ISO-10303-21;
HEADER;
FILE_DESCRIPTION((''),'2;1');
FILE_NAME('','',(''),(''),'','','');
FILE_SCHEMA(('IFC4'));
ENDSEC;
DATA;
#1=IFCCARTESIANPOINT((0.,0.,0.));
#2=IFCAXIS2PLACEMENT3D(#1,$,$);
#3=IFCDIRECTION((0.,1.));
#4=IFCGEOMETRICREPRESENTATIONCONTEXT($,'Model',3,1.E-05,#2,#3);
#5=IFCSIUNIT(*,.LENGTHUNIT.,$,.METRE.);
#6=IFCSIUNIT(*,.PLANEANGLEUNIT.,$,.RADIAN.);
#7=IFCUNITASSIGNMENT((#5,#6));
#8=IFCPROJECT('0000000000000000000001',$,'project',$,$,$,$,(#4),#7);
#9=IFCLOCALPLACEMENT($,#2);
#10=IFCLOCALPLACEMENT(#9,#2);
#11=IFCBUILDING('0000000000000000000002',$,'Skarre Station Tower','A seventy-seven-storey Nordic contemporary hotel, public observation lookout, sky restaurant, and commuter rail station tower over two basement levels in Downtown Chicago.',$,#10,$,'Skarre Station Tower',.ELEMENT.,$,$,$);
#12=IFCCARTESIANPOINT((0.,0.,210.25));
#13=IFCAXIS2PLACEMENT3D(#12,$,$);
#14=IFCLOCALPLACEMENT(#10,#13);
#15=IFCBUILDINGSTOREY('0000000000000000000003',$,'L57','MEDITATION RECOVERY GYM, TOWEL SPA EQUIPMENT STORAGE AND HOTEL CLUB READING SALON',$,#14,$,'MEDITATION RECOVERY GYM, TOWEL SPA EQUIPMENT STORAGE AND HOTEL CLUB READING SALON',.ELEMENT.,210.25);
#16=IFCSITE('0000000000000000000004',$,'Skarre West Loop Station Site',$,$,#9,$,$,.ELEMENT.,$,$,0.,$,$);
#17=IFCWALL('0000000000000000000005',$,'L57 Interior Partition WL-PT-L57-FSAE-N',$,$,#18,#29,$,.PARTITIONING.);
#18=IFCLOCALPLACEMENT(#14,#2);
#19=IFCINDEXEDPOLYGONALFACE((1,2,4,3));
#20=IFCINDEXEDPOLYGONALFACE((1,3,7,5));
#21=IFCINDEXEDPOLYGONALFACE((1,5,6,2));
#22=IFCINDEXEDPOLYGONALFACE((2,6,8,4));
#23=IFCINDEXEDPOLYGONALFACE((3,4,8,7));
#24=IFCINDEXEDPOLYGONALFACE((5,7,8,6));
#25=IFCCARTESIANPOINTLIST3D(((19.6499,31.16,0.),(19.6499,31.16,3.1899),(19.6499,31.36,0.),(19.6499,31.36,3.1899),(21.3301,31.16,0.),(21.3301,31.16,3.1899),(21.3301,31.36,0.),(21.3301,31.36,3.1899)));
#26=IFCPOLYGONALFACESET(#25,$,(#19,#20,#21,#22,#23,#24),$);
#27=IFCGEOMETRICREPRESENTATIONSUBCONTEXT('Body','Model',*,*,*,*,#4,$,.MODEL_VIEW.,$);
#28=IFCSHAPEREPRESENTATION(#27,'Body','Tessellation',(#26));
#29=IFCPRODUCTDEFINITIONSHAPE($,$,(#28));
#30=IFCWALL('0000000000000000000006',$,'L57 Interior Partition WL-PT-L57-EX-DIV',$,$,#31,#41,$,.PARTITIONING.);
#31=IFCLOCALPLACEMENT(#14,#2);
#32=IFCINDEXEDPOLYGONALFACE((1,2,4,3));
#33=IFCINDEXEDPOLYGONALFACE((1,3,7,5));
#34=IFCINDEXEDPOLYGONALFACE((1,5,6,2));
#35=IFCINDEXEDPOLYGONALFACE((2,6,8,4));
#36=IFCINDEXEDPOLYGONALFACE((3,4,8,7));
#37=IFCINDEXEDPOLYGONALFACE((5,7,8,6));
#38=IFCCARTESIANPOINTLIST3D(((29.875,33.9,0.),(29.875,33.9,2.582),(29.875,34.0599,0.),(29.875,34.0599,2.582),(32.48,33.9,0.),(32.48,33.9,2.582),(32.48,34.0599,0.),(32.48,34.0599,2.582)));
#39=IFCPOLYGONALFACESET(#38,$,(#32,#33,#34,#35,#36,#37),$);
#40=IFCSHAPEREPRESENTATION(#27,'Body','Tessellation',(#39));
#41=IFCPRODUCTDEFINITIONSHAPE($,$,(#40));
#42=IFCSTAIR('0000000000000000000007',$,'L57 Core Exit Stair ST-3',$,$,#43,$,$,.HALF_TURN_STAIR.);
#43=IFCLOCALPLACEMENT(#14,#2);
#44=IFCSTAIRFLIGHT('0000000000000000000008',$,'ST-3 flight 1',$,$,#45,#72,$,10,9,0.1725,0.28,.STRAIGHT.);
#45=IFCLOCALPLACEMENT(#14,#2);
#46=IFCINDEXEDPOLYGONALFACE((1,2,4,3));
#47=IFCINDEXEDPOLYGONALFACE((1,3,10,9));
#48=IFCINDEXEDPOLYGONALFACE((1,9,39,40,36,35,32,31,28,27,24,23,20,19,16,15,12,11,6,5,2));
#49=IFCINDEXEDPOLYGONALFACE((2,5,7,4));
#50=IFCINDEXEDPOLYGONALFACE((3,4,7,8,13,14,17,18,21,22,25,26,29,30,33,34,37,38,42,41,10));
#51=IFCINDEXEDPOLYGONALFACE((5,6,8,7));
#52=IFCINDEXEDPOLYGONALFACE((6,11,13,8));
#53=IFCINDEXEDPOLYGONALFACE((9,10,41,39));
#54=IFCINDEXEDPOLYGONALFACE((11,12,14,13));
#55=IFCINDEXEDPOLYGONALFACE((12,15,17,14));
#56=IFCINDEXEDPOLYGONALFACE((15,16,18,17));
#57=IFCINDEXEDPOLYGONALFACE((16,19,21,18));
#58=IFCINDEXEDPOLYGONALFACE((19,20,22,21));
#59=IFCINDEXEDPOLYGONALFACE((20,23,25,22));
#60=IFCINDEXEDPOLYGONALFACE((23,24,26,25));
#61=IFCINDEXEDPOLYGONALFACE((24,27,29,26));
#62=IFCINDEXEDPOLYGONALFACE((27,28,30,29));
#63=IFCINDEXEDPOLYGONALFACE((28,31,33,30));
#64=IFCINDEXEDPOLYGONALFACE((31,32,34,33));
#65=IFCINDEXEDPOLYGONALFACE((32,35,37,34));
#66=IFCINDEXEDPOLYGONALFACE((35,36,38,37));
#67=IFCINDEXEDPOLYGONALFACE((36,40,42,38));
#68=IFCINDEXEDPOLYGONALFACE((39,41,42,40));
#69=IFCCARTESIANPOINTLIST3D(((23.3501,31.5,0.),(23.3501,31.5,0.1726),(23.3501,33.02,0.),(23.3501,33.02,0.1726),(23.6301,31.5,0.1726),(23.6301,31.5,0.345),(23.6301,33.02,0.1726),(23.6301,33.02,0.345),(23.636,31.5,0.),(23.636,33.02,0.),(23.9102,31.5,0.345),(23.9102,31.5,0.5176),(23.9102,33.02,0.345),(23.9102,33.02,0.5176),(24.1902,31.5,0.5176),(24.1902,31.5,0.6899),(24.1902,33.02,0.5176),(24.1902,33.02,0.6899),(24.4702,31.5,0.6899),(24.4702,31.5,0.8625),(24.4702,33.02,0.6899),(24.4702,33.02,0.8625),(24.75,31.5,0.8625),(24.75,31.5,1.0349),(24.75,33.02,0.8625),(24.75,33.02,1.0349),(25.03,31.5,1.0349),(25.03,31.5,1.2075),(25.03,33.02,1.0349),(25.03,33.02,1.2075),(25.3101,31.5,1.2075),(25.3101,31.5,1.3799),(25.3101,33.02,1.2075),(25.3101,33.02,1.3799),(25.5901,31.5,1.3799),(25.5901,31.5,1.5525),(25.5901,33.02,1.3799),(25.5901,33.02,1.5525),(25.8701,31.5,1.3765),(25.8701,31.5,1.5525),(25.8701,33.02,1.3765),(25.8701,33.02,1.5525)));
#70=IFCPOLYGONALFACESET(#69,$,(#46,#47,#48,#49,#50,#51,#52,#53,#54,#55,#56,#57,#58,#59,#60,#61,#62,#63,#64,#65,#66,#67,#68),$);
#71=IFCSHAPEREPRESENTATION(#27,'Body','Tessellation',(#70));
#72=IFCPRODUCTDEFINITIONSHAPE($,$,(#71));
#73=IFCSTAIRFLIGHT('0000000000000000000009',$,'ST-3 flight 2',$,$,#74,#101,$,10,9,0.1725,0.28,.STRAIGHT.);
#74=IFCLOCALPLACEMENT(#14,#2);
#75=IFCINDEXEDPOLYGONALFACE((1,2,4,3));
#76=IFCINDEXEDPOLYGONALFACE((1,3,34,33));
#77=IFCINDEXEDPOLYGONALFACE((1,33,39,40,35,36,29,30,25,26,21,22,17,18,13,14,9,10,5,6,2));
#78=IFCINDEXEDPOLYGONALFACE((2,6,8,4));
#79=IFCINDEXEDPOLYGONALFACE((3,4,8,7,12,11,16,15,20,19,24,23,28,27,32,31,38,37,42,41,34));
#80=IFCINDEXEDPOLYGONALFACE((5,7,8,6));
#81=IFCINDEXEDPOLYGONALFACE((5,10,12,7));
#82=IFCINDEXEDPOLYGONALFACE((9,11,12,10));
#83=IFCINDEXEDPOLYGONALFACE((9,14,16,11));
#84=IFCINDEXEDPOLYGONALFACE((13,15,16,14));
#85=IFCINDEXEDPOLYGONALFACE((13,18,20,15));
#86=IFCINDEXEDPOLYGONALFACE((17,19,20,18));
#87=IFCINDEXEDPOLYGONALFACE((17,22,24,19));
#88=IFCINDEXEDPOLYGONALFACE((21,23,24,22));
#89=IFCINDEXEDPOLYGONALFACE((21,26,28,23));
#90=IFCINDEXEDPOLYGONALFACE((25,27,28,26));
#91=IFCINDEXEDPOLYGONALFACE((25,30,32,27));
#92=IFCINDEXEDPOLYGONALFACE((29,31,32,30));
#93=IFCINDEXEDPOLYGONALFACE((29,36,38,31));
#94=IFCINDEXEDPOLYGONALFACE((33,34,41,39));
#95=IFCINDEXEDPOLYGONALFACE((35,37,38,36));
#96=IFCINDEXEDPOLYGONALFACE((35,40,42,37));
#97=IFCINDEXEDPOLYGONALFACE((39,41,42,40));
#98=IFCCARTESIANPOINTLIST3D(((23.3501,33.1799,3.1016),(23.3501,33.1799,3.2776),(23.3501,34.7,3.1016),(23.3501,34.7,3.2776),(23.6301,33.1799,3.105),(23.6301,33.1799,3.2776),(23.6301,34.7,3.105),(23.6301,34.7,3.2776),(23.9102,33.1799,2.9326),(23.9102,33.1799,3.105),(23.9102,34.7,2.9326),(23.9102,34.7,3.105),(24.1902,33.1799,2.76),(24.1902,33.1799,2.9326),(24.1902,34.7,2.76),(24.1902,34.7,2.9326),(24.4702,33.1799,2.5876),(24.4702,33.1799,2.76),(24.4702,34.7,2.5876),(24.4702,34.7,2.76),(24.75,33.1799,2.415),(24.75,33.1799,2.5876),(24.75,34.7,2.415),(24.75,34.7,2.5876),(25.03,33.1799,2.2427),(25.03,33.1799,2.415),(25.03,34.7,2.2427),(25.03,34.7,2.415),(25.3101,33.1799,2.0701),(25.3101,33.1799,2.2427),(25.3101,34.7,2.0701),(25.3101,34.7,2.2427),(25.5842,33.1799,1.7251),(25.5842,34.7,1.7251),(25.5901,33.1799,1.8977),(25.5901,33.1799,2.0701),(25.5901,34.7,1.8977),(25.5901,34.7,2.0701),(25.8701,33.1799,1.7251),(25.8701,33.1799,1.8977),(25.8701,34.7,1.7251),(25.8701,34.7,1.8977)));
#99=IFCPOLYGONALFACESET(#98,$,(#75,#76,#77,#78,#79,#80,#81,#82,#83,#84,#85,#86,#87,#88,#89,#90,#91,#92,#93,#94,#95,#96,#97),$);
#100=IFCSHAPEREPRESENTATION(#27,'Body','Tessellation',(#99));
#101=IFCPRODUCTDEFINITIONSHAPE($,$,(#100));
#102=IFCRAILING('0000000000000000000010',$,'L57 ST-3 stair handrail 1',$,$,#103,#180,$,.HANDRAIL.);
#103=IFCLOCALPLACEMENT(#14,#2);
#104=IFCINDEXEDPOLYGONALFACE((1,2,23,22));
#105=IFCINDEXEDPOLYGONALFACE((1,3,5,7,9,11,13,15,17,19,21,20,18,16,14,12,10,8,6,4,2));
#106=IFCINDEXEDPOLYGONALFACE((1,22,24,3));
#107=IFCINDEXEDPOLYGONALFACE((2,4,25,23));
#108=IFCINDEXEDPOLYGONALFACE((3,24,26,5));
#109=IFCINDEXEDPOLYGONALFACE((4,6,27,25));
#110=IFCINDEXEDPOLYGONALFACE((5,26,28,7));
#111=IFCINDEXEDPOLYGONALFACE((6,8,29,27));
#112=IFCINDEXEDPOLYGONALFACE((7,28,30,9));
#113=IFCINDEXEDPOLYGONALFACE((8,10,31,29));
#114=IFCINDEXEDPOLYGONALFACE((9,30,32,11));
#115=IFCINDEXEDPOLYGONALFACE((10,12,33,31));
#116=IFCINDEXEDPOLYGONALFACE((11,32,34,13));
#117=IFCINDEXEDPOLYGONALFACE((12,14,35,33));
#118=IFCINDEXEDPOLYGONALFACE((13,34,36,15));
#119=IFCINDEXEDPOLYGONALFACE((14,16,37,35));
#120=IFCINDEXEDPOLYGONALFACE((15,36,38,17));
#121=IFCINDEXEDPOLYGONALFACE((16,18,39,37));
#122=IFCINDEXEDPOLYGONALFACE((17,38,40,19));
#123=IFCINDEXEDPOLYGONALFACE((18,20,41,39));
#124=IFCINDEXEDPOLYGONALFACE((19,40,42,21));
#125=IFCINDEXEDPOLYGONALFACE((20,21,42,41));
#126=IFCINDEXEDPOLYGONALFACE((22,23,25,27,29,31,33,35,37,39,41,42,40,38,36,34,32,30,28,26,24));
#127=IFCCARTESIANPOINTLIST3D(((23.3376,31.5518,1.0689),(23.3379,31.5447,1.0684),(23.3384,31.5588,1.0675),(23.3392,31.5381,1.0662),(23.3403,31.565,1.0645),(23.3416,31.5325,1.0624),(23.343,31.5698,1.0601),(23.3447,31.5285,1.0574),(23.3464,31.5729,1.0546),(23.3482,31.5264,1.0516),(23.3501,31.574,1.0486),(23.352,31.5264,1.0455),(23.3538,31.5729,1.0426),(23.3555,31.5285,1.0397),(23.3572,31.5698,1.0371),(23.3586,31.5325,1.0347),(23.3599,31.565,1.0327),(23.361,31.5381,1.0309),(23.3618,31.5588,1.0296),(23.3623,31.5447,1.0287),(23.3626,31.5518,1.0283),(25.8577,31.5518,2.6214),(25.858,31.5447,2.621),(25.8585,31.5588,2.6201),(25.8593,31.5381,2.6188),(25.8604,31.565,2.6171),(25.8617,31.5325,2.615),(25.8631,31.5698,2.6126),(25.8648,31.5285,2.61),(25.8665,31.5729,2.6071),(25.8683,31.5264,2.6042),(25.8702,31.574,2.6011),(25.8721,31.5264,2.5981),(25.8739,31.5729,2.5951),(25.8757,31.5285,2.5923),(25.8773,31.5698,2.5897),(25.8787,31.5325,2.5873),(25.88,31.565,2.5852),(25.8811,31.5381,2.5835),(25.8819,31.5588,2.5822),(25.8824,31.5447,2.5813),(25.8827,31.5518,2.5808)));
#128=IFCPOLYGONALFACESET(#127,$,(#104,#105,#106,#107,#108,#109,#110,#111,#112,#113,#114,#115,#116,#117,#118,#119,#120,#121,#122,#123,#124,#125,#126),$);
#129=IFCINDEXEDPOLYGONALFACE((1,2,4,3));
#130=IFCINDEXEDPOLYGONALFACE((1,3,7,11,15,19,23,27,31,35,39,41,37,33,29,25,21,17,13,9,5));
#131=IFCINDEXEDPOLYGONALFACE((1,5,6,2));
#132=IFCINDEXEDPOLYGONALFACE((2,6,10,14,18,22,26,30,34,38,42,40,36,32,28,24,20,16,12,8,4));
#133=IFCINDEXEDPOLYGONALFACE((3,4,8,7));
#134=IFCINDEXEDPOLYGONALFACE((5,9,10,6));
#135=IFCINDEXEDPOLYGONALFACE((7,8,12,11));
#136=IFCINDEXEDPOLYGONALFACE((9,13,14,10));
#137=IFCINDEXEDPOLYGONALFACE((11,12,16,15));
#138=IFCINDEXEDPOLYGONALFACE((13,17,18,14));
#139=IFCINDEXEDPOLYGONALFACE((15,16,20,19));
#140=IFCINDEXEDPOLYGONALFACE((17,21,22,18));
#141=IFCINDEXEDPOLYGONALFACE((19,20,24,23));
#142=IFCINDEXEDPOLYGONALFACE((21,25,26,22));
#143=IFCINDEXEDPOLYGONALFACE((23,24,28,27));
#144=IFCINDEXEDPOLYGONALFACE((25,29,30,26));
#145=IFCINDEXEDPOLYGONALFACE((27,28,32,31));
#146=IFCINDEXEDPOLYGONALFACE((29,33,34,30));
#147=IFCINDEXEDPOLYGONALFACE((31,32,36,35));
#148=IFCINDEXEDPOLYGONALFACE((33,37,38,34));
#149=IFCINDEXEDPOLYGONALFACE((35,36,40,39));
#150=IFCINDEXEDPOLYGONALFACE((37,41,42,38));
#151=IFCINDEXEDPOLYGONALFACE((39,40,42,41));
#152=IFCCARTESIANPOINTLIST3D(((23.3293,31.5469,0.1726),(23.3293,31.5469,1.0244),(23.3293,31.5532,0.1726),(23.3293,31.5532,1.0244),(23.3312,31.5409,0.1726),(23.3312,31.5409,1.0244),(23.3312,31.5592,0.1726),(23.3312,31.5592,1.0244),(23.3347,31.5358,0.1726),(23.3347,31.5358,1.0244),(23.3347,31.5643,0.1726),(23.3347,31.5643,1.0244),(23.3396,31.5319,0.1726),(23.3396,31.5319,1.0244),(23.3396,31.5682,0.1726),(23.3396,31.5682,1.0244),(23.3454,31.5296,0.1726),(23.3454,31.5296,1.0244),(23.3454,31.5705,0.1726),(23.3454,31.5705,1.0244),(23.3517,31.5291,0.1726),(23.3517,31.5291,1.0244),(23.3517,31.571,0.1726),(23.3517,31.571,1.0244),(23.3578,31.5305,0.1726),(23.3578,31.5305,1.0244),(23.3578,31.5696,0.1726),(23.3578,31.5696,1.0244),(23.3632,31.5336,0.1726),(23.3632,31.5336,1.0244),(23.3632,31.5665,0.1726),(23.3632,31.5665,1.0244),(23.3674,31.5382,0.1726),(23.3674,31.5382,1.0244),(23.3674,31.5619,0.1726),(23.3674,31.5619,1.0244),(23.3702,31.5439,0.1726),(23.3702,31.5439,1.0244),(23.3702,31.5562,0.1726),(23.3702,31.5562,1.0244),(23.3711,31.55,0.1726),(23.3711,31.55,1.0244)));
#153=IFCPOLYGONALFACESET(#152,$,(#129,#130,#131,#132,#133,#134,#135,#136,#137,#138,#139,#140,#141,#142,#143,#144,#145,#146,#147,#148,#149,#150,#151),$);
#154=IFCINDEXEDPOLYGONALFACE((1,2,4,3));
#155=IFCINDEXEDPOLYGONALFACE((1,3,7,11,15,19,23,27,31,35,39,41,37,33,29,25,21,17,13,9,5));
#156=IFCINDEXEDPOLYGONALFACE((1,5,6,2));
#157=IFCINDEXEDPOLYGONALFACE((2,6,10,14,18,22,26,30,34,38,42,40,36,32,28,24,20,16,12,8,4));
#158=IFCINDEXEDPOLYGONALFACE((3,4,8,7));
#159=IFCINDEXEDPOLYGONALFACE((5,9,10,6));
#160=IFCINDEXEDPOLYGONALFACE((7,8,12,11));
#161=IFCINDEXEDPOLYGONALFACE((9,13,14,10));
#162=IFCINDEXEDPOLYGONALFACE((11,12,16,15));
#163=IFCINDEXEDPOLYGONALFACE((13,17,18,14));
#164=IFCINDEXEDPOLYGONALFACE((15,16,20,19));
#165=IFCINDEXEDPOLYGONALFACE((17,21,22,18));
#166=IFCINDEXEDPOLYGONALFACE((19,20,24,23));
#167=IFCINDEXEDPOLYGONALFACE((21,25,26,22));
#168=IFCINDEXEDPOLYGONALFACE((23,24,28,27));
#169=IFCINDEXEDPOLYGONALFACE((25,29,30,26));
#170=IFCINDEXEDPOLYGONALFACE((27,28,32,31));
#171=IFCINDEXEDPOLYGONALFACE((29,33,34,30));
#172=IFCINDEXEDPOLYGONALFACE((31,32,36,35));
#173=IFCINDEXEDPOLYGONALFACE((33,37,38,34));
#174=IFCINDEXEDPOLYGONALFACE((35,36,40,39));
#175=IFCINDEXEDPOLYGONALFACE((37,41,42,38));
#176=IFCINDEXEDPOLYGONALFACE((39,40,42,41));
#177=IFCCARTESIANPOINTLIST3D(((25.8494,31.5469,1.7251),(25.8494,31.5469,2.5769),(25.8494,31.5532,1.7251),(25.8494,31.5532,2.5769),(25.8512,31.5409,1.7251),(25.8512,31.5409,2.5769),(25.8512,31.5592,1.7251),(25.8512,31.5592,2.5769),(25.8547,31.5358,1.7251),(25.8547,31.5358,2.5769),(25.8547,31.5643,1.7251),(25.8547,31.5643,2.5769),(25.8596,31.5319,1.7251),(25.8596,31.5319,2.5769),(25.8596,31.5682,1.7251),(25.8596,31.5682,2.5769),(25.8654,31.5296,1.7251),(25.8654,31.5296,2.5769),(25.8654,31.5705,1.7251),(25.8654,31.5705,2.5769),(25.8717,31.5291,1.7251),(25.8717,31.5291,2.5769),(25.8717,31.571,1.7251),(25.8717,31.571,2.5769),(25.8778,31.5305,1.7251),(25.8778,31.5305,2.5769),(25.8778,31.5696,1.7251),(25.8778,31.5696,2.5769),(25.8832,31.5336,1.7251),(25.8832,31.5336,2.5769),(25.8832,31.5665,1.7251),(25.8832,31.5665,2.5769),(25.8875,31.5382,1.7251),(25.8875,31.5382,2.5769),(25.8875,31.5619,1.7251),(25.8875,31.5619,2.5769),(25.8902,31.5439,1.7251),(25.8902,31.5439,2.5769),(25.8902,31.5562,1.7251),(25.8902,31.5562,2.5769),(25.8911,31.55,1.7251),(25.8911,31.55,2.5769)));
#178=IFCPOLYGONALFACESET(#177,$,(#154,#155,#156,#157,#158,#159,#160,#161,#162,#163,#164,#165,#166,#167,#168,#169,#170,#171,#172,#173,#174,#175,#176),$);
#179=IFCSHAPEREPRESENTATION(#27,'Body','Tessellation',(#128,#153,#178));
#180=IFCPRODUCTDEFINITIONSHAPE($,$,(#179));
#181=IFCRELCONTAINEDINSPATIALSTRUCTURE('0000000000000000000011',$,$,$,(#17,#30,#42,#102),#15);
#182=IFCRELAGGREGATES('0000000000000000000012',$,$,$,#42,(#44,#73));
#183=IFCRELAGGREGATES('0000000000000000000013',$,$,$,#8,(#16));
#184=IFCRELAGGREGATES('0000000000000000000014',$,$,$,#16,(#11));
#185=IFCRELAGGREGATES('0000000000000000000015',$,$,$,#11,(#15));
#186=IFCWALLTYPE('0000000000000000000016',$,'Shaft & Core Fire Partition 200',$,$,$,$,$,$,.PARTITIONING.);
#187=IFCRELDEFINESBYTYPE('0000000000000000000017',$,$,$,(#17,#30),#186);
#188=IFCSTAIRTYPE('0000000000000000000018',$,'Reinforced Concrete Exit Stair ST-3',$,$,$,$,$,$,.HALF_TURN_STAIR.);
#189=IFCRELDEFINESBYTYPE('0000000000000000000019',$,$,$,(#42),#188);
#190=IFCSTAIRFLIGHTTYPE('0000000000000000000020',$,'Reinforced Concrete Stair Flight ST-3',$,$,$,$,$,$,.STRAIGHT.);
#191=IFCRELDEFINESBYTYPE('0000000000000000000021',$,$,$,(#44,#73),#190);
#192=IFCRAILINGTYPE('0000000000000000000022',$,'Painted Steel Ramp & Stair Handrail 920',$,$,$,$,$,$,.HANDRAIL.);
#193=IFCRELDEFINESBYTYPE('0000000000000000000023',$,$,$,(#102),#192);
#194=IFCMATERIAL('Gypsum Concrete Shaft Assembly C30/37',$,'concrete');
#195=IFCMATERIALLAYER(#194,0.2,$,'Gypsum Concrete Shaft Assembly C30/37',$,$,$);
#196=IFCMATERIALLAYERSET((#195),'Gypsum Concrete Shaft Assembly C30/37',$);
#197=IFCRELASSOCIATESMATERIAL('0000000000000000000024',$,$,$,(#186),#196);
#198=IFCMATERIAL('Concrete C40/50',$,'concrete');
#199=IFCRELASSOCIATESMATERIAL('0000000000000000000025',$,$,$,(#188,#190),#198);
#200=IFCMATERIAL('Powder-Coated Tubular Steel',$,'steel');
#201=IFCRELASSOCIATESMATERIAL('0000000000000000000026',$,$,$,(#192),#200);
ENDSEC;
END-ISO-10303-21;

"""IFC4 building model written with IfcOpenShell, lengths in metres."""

from ifc_helpers import new_model, si_unit, direction, frame, frame_2d, origin, origin_2d, place, context, subcontext, project, spatial, polyline, rectangle, circle, outline, extrude, material, layer, layer_set, type_object, element, aggregate, save


model = new_model("IFC4")

# Units and contexts
model_context = context("Model", 3, precision=1e-05, world=origin(), true_north=direction((0.0, 1.0)))
body_context = subcontext(model_context, "Body", "Model", "MODEL_VIEW")
ifc_project = project(units=[si_unit("LENGTHUNIT", "METRE"), si_unit("PLANEANGLEUNIT", "RADIAN")], contexts=[model_context])

# Site, building, storey
site_placement = place(None, origin())
site = spatial("IfcSite", under=ifc_project, at=site_placement, Name="Skarre West Loop Station Site", CompositionType="ELEMENT", RefElevation=0.0)
building_placement = place(site_placement, origin())
building = spatial("IfcBuilding", under=site, at=building_placement, Name="Skarre Station Tower", Description="A seventy-seven-storey Nordic contemporary hotel, public observation lookout, sky restaurant, and commuter rail station tower over two basement levels in Downtown Chicago.", LongName="Skarre Station Tower", CompositionType="ELEMENT")
storey_placement = place(building_placement, frame((0.0, 0.0, 210.25)))
storey = spatial("IfcBuildingStorey", under=building, at=storey_placement, Name="L57", Description="MEDITATION RECOVERY GYM, TOWEL SPA EQUIPMENT STORAGE AND HOTEL CLUB READING SALON", LongName="MEDITATION RECOVERY GYM, TOWEL SPA EQUIPMENT STORAGE AND HOTEL CLUB READING SALON", CompositionType="ELEMENT", Elevation=210.25)

# Walls
ifc_material_1 = material(Name="Gypsum Concrete Shaft Assembly C30/37", Category="concrete")
ifc_layer_1 = layer(ifc_material_1, 0.2, Name="Gypsum Concrete Shaft Assembly C30/37")
ifc_layer_set_1 = layer_set([ifc_layer_1], Name="Gypsum Concrete Shaft Assembly C30/37")
wall_type_1 = type_object("IfcWallType", Name="Shaft & Core Fire Partition 200", PredefinedType="PARTITIONING", material=ifc_layer_set_1)
wall_1_placement = place(storey_placement, frame((21.3301, 31.26, 0.0), z_axis=(0.0, 0.0, 1.0), x_axis=(-1.0, 0.0, 0.0)))
element("IfcWall", 1, at=wall_1_placement, inside=storey, type_object=wall_type_1, Name="L57 Interior Partition WL-PT-L57-FSAE-N", PredefinedType="PARTITIONING", context=body_context, shape_type="SweptSolid", body=[
    extrude(rectangle(XDim=1.6802, YDim=0.2, at=frame_2d((0.8401, 0.0))), origin(), (0.0, 0.0, 1.0), 3.1899),
])
wall_2_placement = place(storey_placement, frame((29.875, 33.98, 0.0), z_axis=(0.0, 0.0, 1.0), x_axis=(1.0, 0.0, 0.0)))
element("IfcWall", 2, at=wall_2_placement, inside=storey, type_object=wall_type_1, Name="L57 Interior Partition WL-PT-L57-EX-DIV", PredefinedType="PARTITIONING", context=body_context, shape_type="SweptSolid", body=[
    extrude(rectangle(XDim=2.605, YDim=0.1599, at=frame_2d((1.3025, 0.0))), origin(), (0.0, 0.0, 1.0), 2.582),
])

# Stair, stair flights
ifc_material_2 = material(Name="Concrete C40/50", Category="concrete")
stair_type = type_object("IfcStairType", Name="Reinforced Concrete Exit Stair ST-3", PredefinedType="HALF_TURN_STAIR", material=ifc_material_2)
stair_placement = place(storey_placement, origin())
stair = element("IfcStair", 3, at=stair_placement, inside=storey, type_object=stair_type, Name="L57 Core Exit Stair ST-3", PredefinedType="HALF_TURN_STAIR")
stair_flight_type = type_object("IfcStairFlightType", Name="Reinforced Concrete Stair Flight ST-3", PredefinedType="STRAIGHT", material=ifc_material_2)
stair_flight_1_placement = place(storey_placement, frame((23.3501, 32.26, 0.0), z_axis=(0.0, 0.0, 1.0), x_axis=(1.0, 0.0, 0.0)))
stair_flight_1 = element("IfcStairFlight", 4, at=stair_flight_1_placement, type_object=stair_flight_type, Name="ST-3 flight 1", NumberOfRisers=10, NumberOfTreads=9, PredefinedType="STRAIGHT", RiserHeight=0.1725, TreadLength=0.28, context=body_context, shape_type="SweptSolid", body=[
    extrude(outline(polyline([(0.0, 0.0), (0.0, 0.1726), (0.28, 0.1726), (0.28, 0.345), (0.5601, 0.345), (0.5601, 0.5176), (0.8401, 0.5176), (0.8401, 0.6899), (1.1201, 0.6899), (1.1201, 0.8625), (1.3999, 0.8625), (1.3999, 1.0349), (1.6799, 1.0349), (1.6799, 1.2075), (1.96, 1.2075), (1.96, 1.3799), (2.24, 1.3799), (2.24, 1.5525), (2.52, 1.5525), (2.52, 1.7251), (2.52, 1.3765), (0.2859, 0.0), (0.0, 0.0)])), frame((0.0, 0.76, 0.0), z_axis=(0.0, -1.0, 0.0), x_axis=(1.0, 0.0, 0.0)), (0.0, 0.0, 1.0), 1.52),
])
stair_flight_2_placement = place(storey_placement, frame((25.8701, 33.9399, 1.7251), z_axis=(0.0, 0.0, 1.0), x_axis=(-1.0, 0.0, 0.0)))
stair_flight_2 = element("IfcStairFlight", 5, at=stair_flight_2_placement, type_object=stair_flight_type, Name="ST-3 flight 2", NumberOfRisers=10, NumberOfTreads=9, PredefinedType="STRAIGHT", RiserHeight=0.1725, TreadLength=0.28, context=body_context, shape_type="SweptSolid", body=[
    extrude(outline(polyline([(0.0, 0.0), (0.0, 0.1726), (0.28, 0.1726), (0.28, 0.345), (0.5601, 0.345), (0.5601, 0.5176), (0.8401, 0.5176), (0.8401, 0.6899), (1.1201, 0.6899), (1.1201, 0.8625), (1.3999, 0.8625), (1.3999, 1.0349), (1.6799, 1.0349), (1.6799, 1.2075), (1.96, 1.2075), (1.96, 1.3799), (2.24, 1.3799), (2.24, 1.5525), (2.52, 1.5525), (2.52, 1.7251), (2.52, 1.3765), (0.2859, 0.0), (0.0, 0.0)])), frame((0.0, 0.76, 0.0), z_axis=(0.0, -1.0, 0.0), x_axis=(1.0, 0.0, 0.0)), (0.0, 0.0, 1.0), 1.52),
])
aggregate(stair, [stair_flight_1, stair_flight_2])

# Railing
ifc_material_3 = material(Name="Powder-Coated Tubular Steel", Category="steel")
railing_type_1 = type_object("IfcRailingType", Name="Painted Steel Ramp & Stair Handrail 920", PredefinedType="HANDRAIL", material=ifc_material_3)
railing_1_placement = place(storey_placement, frame((23.3501, 31.55, 0.1726)))
element("IfcRailing", 6, at=railing_1_placement, inside=storey, type_object=railing_type_1, Name="L57 ST-3 stair handrail 1", PredefinedType="HANDRAIL", context=body_context, shape_type="SweptSolid", body=[
    extrude(circle(Radius=0.0239, at=origin_2d()), frame((0.0, 0.0, 0.876), z_axis=(0.8514, 0.0, 0.524516), x_axis=(0.0, 1.0, 0.0)), (0.0, 0.0, 1.0), 2.96),
    extrude(circle(Radius=0.021, at=origin_2d()), origin(), (0.0, 0.0, 1.0), 0.8518),
    extrude(circle(Radius=0.021, at=origin_2d()), frame((2.52, 0.0, 1.5525)), (0.0, 0.0, 1.0), 0.8518),
])

save(model, "model.ifc")
